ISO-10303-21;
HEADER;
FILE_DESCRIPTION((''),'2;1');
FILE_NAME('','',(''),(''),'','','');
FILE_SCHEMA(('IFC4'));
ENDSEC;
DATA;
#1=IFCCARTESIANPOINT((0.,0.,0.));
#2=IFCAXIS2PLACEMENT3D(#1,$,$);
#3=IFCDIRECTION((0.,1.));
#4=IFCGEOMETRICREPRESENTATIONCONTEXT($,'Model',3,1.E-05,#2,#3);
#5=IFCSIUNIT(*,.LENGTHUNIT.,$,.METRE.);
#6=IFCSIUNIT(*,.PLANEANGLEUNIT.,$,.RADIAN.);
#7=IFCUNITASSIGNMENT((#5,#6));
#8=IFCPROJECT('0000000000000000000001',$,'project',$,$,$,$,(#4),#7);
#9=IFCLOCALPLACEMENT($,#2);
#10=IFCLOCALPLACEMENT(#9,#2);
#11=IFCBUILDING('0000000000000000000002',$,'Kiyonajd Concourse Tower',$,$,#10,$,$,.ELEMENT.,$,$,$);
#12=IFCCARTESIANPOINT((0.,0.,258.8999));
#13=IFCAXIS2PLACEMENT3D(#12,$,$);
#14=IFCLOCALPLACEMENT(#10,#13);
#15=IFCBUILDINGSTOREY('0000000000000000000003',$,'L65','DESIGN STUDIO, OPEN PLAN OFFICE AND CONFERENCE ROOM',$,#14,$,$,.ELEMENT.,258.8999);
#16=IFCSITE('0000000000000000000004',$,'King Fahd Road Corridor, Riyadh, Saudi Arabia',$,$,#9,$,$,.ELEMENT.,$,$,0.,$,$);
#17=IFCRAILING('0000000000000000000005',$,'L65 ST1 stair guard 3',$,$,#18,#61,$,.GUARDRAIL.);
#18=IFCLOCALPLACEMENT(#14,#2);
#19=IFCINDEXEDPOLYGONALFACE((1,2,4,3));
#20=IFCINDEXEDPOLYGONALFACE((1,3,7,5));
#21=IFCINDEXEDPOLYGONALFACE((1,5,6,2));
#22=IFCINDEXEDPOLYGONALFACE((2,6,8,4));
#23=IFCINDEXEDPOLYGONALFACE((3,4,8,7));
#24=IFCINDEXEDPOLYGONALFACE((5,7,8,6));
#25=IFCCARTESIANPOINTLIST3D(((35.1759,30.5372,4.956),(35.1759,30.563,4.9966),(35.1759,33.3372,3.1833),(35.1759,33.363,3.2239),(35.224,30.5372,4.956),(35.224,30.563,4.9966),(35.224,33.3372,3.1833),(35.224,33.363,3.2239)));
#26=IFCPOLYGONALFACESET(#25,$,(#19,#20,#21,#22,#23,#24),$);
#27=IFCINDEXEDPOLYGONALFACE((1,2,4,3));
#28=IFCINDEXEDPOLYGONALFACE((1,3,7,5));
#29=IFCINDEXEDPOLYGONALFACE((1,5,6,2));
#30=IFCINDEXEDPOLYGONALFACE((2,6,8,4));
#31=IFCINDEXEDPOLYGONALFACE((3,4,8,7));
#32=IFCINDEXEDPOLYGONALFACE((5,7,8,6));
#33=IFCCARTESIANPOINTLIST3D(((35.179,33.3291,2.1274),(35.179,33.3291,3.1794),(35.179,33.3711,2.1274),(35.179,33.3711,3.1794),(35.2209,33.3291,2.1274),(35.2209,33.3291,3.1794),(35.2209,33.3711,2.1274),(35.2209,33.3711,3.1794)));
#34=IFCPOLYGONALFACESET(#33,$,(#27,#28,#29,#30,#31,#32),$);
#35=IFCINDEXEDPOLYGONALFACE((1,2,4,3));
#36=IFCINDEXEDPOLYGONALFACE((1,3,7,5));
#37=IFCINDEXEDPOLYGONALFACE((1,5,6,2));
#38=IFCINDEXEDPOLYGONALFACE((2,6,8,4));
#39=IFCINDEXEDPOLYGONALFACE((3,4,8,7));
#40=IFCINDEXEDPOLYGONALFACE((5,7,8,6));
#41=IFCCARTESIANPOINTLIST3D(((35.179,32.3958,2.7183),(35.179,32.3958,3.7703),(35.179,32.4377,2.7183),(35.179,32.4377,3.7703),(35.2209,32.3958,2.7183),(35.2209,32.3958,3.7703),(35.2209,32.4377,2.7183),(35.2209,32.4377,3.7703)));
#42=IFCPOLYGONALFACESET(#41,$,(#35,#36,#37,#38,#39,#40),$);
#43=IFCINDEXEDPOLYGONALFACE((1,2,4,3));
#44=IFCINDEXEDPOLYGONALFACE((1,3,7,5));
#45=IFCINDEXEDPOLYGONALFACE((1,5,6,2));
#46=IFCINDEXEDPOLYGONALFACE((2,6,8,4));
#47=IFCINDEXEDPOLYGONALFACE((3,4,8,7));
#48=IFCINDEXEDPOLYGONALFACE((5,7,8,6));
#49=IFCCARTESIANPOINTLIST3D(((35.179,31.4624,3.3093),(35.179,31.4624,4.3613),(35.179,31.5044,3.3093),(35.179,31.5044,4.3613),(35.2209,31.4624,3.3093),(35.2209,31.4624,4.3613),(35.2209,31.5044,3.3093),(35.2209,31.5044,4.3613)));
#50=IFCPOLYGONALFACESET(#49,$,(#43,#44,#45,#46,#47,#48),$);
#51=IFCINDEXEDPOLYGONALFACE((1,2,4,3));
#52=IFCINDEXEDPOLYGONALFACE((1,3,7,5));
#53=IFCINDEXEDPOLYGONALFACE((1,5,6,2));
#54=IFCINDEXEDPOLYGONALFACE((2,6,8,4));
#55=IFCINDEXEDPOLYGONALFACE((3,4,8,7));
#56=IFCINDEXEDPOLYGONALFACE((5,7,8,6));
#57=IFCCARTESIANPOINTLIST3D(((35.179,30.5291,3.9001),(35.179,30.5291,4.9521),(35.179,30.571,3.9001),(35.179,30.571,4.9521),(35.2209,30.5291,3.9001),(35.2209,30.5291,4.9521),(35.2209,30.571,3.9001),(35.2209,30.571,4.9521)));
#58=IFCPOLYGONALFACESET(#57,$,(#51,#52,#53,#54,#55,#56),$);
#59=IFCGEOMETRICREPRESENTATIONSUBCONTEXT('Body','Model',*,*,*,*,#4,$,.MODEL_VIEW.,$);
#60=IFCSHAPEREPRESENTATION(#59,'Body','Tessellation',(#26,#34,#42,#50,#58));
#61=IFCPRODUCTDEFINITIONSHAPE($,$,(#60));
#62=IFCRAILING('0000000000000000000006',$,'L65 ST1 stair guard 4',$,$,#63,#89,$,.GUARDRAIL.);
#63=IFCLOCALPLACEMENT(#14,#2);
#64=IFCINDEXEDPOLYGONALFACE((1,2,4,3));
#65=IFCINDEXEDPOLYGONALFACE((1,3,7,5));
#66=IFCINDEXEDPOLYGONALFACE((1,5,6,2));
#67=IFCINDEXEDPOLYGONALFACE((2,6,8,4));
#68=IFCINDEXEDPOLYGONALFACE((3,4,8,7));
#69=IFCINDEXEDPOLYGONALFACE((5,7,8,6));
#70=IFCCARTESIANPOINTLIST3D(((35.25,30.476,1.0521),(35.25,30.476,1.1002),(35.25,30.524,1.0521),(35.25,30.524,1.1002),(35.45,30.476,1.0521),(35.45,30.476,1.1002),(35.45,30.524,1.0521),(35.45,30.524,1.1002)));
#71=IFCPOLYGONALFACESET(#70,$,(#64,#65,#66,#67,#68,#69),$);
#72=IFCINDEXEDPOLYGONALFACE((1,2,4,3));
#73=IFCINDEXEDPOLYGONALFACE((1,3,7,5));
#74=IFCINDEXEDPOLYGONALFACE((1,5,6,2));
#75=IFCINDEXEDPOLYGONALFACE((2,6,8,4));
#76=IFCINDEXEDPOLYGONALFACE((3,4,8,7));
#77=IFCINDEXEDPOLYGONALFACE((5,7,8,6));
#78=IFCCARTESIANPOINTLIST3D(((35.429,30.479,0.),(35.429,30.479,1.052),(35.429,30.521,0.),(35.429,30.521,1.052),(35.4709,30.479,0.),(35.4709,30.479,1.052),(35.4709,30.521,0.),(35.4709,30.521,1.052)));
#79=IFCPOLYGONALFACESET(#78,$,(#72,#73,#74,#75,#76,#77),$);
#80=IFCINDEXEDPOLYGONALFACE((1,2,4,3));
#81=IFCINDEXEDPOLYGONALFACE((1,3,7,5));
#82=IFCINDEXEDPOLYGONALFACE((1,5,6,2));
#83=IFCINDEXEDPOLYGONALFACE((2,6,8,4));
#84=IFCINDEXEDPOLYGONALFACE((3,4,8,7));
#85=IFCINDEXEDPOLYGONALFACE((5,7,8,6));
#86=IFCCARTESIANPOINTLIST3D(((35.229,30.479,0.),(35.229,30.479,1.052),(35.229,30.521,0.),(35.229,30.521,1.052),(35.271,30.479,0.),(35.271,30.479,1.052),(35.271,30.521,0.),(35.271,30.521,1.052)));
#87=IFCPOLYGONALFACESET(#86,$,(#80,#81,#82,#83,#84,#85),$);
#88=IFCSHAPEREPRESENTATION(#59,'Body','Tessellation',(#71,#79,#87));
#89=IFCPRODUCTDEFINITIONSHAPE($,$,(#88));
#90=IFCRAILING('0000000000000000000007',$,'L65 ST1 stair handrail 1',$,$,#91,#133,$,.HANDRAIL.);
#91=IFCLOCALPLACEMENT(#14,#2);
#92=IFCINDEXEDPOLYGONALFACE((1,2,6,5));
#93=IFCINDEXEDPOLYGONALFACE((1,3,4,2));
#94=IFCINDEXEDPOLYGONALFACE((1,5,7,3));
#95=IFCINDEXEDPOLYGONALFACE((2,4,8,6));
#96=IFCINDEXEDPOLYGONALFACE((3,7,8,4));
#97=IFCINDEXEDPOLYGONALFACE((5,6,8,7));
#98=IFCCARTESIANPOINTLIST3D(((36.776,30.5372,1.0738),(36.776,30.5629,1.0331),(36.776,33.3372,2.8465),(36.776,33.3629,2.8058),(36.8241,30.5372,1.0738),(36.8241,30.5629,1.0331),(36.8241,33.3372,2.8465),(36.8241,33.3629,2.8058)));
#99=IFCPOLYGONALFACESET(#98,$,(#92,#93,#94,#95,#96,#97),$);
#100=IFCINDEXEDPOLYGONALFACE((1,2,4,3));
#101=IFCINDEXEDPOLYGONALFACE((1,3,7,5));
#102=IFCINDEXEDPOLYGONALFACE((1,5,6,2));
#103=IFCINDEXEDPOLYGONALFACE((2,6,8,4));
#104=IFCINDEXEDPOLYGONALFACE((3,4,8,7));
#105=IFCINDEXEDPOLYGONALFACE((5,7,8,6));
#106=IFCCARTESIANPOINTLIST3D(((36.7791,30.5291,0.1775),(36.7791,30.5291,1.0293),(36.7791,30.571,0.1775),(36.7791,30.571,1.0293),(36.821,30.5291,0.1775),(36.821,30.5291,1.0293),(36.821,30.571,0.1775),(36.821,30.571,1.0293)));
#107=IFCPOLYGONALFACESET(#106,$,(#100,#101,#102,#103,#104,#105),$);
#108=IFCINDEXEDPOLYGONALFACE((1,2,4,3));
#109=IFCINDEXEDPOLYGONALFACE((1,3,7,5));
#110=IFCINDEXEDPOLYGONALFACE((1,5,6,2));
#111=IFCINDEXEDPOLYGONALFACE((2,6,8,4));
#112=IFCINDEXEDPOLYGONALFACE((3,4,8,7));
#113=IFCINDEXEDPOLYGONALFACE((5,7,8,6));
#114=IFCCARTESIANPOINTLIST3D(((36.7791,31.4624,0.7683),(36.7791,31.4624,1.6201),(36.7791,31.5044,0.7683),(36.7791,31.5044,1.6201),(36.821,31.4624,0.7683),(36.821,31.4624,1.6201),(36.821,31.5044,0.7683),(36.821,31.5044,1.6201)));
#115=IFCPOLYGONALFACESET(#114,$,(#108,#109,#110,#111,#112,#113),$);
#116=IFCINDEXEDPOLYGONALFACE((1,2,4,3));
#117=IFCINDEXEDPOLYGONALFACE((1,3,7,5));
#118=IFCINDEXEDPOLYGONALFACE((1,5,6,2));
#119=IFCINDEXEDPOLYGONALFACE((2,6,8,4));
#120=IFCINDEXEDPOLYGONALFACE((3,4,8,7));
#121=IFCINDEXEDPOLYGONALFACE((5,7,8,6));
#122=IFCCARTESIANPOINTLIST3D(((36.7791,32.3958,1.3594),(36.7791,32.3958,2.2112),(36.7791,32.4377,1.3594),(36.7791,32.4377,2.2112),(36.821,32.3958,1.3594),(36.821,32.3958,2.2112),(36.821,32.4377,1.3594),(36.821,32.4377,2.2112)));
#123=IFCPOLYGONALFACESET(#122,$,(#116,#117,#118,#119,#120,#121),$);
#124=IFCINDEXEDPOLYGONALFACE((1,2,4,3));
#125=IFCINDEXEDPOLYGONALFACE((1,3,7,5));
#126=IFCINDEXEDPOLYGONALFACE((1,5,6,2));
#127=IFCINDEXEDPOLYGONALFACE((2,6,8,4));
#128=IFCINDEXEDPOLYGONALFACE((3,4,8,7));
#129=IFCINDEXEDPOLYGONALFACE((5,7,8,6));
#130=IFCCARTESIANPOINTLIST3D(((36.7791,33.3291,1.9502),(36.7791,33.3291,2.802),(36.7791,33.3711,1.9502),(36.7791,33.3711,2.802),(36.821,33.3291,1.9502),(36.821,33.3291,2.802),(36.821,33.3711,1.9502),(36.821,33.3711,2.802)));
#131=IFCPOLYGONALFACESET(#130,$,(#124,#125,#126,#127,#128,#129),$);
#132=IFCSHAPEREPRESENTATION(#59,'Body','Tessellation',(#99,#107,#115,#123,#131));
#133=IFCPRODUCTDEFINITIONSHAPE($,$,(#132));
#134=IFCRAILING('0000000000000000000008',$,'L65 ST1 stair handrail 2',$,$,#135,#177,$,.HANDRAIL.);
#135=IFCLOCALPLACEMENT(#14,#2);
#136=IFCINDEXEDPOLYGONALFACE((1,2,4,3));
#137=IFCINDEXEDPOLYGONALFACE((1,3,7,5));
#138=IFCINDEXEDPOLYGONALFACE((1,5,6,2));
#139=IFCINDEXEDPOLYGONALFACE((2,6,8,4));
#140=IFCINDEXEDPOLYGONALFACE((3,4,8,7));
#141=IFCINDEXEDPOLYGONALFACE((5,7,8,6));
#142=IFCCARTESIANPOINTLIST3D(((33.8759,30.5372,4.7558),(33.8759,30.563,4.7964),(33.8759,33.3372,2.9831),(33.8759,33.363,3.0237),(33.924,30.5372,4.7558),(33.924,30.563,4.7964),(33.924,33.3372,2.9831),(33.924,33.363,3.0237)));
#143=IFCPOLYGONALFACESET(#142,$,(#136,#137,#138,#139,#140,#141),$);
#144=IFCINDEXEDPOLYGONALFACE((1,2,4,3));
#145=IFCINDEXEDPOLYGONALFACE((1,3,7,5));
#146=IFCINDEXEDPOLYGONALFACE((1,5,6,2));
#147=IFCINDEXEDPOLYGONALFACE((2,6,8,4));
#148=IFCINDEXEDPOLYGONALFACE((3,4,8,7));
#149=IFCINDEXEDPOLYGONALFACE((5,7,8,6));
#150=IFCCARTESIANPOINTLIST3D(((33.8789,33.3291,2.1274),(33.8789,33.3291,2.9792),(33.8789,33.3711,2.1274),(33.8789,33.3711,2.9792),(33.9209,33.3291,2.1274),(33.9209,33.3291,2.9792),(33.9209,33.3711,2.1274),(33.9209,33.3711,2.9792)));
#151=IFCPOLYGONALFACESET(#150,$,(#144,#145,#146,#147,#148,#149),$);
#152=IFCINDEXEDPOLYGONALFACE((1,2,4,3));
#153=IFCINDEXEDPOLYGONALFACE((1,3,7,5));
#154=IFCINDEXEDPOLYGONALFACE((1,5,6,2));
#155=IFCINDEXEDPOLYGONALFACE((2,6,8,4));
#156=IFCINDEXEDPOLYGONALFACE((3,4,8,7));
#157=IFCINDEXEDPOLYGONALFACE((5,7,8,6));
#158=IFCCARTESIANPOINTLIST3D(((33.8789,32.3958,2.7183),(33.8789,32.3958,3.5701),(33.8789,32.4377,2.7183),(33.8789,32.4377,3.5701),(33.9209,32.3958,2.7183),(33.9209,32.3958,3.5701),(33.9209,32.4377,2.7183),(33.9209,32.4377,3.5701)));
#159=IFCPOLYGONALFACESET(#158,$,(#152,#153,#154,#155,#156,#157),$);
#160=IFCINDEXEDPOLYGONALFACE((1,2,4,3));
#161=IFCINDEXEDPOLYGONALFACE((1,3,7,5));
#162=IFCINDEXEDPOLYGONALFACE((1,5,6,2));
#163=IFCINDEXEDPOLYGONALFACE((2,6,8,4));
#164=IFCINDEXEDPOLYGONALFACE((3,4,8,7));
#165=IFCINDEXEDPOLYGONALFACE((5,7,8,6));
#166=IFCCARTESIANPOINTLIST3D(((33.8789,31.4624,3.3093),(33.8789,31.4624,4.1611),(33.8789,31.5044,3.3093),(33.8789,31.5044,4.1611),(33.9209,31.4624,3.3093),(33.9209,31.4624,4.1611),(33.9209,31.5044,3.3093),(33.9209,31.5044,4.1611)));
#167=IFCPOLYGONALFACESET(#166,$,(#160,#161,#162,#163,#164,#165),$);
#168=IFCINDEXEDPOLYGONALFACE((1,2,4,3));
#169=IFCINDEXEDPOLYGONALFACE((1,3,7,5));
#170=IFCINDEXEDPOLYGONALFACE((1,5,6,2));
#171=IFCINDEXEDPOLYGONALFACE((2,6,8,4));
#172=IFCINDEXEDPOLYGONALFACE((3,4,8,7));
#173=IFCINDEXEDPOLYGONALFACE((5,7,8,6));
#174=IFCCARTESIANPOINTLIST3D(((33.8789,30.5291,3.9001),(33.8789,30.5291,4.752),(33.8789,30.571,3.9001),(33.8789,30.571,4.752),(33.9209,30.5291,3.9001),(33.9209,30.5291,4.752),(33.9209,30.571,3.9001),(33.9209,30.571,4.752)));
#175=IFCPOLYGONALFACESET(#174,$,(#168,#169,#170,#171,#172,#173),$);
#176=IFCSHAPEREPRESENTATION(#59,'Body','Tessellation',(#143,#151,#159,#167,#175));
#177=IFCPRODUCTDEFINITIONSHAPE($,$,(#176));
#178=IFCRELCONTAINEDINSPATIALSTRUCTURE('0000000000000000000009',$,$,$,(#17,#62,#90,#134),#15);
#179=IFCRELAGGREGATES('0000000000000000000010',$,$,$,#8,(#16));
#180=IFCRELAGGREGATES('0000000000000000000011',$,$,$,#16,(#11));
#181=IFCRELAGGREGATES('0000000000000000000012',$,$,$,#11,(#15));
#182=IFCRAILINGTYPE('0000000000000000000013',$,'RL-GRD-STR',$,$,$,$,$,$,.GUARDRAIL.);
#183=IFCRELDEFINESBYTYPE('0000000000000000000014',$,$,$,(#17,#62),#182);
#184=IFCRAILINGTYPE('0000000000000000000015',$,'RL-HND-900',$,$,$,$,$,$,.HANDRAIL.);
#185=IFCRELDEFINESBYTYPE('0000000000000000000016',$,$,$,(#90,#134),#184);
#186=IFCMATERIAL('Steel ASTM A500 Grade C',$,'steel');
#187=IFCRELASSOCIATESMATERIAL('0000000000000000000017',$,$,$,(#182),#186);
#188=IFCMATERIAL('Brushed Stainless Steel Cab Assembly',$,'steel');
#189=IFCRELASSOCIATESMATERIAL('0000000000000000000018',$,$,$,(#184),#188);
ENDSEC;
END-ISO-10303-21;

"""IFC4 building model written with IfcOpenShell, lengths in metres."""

from ifc_helpers import new_model, si_unit, direction, frame, origin, origin_2d, place, context, subcontext, project, spatial, rectangle, extrude, material, type_object, element, save


model = new_model("IFC4")

# Units and contexts
model_context = context("Model", 3, precision=1e-05, world=origin(), true_north=direction((0.0, 1.0)))
body_context = subcontext(model_context, "Body", "Model", "MODEL_VIEW")
ifc_project = project(units=[si_unit("LENGTHUNIT", "METRE"), si_unit("PLANEANGLEUNIT", "RADIAN")], contexts=[model_context])

# Site, building, storey
site_placement = place(None, origin())
site = spatial("IfcSite", under=ifc_project, at=site_placement, Name="King Fahd Road Corridor, Riyadh, Saudi Arabia", CompositionType="ELEMENT", RefElevation=0.0)
building_placement = place(site_placement, origin())
building = spatial("IfcBuilding", under=site, at=building_placement, Name="Kiyonajd Concourse Tower", CompositionType="ELEMENT")
storey_placement = place(building_placement, frame((0.0, 0.0, 258.8999)))
storey = spatial("IfcBuildingStorey", under=building, at=storey_placement, Name="L65", Description="DESIGN STUDIO, OPEN PLAN OFFICE AND CONFERENCE ROOM", CompositionType="ELEMENT", Elevation=258.8999)

# Shared definitions
ifc_material_1 = material(Name="Brushed Stainless Steel Cab Assembly", Category="steel")

# Railings
ifc_material_2 = material(Name="Steel ASTM A500 Grade C", Category="steel")
railing_type_1 = type_object("IfcRailingType", Name="RL-GRD-STR", PredefinedType="GUARDRAIL", material=ifc_material_2)
railing_1_placement = place(storey_placement, frame((35.2, 33.3501, 2.1274)))
element("IfcRailing", 1, at=railing_1_placement, inside=storey, type_object=railing_type_1, Name="L65 ST1 stair guard 3", PredefinedType="GUARDRAIL", context=body_context, shape_type="SweptSolid", body=[
    extrude(rectangle(XDim=0.0481, YDim=0.0481, at=origin_2d()), frame((0.0, 0.0, 1.0762), z_axis=(0.0, -0.844909, 0.53491), x_axis=(1.0, 0.0, 0.0)), (0.0, 0.0, 1.0), 3.314),
    extrude(rectangle(XDim=0.042, YDim=0.042, at=origin_2d()), origin(), (0.0, 0.0, 1.0), 1.052),
    extrude(rectangle(XDim=0.042, YDim=0.042, at=origin_2d()), frame((0.0, -0.9333, 0.5908)), (0.0, 0.0, 1.0), 1.052),
    extrude(rectangle(XDim=0.042, YDim=0.042, at=origin_2d()), frame((0.0, -1.8667, 1.1819)), (0.0, 0.0, 1.0), 1.052),
    extrude(rectangle(XDim=0.042, YDim=0.042, at=origin_2d()), frame((0.0, -2.8, 1.7727)), (0.0, 0.0, 1.0), 1.052),
])
railing_2_placement = place(storey_placement, frame((35.45, 30.5, 0.0)))
element("IfcRailing", 2, at=railing_2_placement, inside=storey, type_object=railing_type_1, Name="L65 ST1 stair guard 4", PredefinedType="GUARDRAIL", context=body_context, shape_type="SweptSolid", body=[
    extrude(rectangle(XDim=0.0481, YDim=0.0481, at=origin_2d()), frame((0.0, 0.0, 1.0762), z_axis=(-1.0, 0.0, 0.0), x_axis=(0.0, -1.0, 0.0)), (0.0, 0.0, 1.0), 0.2),
    extrude(rectangle(XDim=0.042, YDim=0.042, at=origin_2d()), origin(), (0.0, 0.0, 1.0), 1.052),
    extrude(rectangle(XDim=0.042, YDim=0.042, at=origin_2d()), frame((-0.2, 0.0, 0.0)), (0.0, 0.0, 1.0), 1.052),
])
railing_type_2 = type_object("IfcRailingType", Name="RL-HND-900", PredefinedType="HANDRAIL", material=ifc_material_1)
railing_3_placement = place(storey_placement, frame((36.8, 30.55, 0.1775)))
element("IfcRailing", 3, at=railing_3_placement, inside=storey, type_object=railing_type_2, Name="L65 ST1 stair handrail 1", PredefinedType="HANDRAIL", context=body_context, shape_type="SweptSolid", body=[
    extrude(rectangle(XDim=0.0481, YDim=0.0481, at=origin_2d()), frame((0.0, 0.0, 0.876), z_axis=(0.0, 0.844909, 0.53491), x_axis=(-1.0, 0.0, 0.0)), (0.0, 0.0, 1.0), 3.314),
    extrude(rectangle(XDim=0.042, YDim=0.042, at=origin_2d()), origin(), (0.0, 0.0, 1.0), 0.8518),
    extrude(rectangle(XDim=0.042, YDim=0.042, at=origin_2d()), frame((0.0, 0.9333, 0.5908)), (0.0, 0.0, 1.0), 0.8518),
    extrude(rectangle(XDim=0.042, YDim=0.042, at=origin_2d()), frame((0.0, 1.8667, 1.1819)), (0.0, 0.0, 1.0), 0.8518),
    extrude(rectangle(XDim=0.042, YDim=0.042, at=origin_2d()), frame((0.0, 2.8, 1.7727)), (0.0, 0.0, 1.0), 0.8518),
])
railing_4_placement = place(storey_placement, frame((33.8999, 33.3501, 2.1274)))
element("IfcRailing", 4, at=railing_4_placement, inside=storey, type_object=railing_type_2, Name="L65 ST1 stair handrail 2", PredefinedType="HANDRAIL", context=body_context, shape_type="SweptSolid", body=[
    extrude(rectangle(XDim=0.0481, YDim=0.0481, at=origin_2d()), frame((0.0, 0.0, 0.876), z_axis=(0.0, -0.844909, 0.53491), x_axis=(1.0, 0.0, 0.0)), (0.0, 0.0, 1.0), 3.314),
    extrude(rectangle(XDim=0.042, YDim=0.042, at=origin_2d()), origin(), (0.0, 0.0, 1.0), 0.8518),
    extrude(rectangle(XDim=0.042, YDim=0.042, at=origin_2d()), frame((0.0, -0.9333, 0.5908)), (0.0, 0.0, 1.0), 0.8518),
    extrude(rectangle(XDim=0.042, YDim=0.042, at=origin_2d()), frame((0.0, -1.8667, 1.1819)), (0.0, 0.0, 1.0), 0.8518),
    extrude(rectangle(XDim=0.042, YDim=0.042, at=origin_2d()), frame((0.0, -2.8, 1.7727)), (0.0, 0.0, 1.0), 0.8518),
])

save(model, "model.ifc")
